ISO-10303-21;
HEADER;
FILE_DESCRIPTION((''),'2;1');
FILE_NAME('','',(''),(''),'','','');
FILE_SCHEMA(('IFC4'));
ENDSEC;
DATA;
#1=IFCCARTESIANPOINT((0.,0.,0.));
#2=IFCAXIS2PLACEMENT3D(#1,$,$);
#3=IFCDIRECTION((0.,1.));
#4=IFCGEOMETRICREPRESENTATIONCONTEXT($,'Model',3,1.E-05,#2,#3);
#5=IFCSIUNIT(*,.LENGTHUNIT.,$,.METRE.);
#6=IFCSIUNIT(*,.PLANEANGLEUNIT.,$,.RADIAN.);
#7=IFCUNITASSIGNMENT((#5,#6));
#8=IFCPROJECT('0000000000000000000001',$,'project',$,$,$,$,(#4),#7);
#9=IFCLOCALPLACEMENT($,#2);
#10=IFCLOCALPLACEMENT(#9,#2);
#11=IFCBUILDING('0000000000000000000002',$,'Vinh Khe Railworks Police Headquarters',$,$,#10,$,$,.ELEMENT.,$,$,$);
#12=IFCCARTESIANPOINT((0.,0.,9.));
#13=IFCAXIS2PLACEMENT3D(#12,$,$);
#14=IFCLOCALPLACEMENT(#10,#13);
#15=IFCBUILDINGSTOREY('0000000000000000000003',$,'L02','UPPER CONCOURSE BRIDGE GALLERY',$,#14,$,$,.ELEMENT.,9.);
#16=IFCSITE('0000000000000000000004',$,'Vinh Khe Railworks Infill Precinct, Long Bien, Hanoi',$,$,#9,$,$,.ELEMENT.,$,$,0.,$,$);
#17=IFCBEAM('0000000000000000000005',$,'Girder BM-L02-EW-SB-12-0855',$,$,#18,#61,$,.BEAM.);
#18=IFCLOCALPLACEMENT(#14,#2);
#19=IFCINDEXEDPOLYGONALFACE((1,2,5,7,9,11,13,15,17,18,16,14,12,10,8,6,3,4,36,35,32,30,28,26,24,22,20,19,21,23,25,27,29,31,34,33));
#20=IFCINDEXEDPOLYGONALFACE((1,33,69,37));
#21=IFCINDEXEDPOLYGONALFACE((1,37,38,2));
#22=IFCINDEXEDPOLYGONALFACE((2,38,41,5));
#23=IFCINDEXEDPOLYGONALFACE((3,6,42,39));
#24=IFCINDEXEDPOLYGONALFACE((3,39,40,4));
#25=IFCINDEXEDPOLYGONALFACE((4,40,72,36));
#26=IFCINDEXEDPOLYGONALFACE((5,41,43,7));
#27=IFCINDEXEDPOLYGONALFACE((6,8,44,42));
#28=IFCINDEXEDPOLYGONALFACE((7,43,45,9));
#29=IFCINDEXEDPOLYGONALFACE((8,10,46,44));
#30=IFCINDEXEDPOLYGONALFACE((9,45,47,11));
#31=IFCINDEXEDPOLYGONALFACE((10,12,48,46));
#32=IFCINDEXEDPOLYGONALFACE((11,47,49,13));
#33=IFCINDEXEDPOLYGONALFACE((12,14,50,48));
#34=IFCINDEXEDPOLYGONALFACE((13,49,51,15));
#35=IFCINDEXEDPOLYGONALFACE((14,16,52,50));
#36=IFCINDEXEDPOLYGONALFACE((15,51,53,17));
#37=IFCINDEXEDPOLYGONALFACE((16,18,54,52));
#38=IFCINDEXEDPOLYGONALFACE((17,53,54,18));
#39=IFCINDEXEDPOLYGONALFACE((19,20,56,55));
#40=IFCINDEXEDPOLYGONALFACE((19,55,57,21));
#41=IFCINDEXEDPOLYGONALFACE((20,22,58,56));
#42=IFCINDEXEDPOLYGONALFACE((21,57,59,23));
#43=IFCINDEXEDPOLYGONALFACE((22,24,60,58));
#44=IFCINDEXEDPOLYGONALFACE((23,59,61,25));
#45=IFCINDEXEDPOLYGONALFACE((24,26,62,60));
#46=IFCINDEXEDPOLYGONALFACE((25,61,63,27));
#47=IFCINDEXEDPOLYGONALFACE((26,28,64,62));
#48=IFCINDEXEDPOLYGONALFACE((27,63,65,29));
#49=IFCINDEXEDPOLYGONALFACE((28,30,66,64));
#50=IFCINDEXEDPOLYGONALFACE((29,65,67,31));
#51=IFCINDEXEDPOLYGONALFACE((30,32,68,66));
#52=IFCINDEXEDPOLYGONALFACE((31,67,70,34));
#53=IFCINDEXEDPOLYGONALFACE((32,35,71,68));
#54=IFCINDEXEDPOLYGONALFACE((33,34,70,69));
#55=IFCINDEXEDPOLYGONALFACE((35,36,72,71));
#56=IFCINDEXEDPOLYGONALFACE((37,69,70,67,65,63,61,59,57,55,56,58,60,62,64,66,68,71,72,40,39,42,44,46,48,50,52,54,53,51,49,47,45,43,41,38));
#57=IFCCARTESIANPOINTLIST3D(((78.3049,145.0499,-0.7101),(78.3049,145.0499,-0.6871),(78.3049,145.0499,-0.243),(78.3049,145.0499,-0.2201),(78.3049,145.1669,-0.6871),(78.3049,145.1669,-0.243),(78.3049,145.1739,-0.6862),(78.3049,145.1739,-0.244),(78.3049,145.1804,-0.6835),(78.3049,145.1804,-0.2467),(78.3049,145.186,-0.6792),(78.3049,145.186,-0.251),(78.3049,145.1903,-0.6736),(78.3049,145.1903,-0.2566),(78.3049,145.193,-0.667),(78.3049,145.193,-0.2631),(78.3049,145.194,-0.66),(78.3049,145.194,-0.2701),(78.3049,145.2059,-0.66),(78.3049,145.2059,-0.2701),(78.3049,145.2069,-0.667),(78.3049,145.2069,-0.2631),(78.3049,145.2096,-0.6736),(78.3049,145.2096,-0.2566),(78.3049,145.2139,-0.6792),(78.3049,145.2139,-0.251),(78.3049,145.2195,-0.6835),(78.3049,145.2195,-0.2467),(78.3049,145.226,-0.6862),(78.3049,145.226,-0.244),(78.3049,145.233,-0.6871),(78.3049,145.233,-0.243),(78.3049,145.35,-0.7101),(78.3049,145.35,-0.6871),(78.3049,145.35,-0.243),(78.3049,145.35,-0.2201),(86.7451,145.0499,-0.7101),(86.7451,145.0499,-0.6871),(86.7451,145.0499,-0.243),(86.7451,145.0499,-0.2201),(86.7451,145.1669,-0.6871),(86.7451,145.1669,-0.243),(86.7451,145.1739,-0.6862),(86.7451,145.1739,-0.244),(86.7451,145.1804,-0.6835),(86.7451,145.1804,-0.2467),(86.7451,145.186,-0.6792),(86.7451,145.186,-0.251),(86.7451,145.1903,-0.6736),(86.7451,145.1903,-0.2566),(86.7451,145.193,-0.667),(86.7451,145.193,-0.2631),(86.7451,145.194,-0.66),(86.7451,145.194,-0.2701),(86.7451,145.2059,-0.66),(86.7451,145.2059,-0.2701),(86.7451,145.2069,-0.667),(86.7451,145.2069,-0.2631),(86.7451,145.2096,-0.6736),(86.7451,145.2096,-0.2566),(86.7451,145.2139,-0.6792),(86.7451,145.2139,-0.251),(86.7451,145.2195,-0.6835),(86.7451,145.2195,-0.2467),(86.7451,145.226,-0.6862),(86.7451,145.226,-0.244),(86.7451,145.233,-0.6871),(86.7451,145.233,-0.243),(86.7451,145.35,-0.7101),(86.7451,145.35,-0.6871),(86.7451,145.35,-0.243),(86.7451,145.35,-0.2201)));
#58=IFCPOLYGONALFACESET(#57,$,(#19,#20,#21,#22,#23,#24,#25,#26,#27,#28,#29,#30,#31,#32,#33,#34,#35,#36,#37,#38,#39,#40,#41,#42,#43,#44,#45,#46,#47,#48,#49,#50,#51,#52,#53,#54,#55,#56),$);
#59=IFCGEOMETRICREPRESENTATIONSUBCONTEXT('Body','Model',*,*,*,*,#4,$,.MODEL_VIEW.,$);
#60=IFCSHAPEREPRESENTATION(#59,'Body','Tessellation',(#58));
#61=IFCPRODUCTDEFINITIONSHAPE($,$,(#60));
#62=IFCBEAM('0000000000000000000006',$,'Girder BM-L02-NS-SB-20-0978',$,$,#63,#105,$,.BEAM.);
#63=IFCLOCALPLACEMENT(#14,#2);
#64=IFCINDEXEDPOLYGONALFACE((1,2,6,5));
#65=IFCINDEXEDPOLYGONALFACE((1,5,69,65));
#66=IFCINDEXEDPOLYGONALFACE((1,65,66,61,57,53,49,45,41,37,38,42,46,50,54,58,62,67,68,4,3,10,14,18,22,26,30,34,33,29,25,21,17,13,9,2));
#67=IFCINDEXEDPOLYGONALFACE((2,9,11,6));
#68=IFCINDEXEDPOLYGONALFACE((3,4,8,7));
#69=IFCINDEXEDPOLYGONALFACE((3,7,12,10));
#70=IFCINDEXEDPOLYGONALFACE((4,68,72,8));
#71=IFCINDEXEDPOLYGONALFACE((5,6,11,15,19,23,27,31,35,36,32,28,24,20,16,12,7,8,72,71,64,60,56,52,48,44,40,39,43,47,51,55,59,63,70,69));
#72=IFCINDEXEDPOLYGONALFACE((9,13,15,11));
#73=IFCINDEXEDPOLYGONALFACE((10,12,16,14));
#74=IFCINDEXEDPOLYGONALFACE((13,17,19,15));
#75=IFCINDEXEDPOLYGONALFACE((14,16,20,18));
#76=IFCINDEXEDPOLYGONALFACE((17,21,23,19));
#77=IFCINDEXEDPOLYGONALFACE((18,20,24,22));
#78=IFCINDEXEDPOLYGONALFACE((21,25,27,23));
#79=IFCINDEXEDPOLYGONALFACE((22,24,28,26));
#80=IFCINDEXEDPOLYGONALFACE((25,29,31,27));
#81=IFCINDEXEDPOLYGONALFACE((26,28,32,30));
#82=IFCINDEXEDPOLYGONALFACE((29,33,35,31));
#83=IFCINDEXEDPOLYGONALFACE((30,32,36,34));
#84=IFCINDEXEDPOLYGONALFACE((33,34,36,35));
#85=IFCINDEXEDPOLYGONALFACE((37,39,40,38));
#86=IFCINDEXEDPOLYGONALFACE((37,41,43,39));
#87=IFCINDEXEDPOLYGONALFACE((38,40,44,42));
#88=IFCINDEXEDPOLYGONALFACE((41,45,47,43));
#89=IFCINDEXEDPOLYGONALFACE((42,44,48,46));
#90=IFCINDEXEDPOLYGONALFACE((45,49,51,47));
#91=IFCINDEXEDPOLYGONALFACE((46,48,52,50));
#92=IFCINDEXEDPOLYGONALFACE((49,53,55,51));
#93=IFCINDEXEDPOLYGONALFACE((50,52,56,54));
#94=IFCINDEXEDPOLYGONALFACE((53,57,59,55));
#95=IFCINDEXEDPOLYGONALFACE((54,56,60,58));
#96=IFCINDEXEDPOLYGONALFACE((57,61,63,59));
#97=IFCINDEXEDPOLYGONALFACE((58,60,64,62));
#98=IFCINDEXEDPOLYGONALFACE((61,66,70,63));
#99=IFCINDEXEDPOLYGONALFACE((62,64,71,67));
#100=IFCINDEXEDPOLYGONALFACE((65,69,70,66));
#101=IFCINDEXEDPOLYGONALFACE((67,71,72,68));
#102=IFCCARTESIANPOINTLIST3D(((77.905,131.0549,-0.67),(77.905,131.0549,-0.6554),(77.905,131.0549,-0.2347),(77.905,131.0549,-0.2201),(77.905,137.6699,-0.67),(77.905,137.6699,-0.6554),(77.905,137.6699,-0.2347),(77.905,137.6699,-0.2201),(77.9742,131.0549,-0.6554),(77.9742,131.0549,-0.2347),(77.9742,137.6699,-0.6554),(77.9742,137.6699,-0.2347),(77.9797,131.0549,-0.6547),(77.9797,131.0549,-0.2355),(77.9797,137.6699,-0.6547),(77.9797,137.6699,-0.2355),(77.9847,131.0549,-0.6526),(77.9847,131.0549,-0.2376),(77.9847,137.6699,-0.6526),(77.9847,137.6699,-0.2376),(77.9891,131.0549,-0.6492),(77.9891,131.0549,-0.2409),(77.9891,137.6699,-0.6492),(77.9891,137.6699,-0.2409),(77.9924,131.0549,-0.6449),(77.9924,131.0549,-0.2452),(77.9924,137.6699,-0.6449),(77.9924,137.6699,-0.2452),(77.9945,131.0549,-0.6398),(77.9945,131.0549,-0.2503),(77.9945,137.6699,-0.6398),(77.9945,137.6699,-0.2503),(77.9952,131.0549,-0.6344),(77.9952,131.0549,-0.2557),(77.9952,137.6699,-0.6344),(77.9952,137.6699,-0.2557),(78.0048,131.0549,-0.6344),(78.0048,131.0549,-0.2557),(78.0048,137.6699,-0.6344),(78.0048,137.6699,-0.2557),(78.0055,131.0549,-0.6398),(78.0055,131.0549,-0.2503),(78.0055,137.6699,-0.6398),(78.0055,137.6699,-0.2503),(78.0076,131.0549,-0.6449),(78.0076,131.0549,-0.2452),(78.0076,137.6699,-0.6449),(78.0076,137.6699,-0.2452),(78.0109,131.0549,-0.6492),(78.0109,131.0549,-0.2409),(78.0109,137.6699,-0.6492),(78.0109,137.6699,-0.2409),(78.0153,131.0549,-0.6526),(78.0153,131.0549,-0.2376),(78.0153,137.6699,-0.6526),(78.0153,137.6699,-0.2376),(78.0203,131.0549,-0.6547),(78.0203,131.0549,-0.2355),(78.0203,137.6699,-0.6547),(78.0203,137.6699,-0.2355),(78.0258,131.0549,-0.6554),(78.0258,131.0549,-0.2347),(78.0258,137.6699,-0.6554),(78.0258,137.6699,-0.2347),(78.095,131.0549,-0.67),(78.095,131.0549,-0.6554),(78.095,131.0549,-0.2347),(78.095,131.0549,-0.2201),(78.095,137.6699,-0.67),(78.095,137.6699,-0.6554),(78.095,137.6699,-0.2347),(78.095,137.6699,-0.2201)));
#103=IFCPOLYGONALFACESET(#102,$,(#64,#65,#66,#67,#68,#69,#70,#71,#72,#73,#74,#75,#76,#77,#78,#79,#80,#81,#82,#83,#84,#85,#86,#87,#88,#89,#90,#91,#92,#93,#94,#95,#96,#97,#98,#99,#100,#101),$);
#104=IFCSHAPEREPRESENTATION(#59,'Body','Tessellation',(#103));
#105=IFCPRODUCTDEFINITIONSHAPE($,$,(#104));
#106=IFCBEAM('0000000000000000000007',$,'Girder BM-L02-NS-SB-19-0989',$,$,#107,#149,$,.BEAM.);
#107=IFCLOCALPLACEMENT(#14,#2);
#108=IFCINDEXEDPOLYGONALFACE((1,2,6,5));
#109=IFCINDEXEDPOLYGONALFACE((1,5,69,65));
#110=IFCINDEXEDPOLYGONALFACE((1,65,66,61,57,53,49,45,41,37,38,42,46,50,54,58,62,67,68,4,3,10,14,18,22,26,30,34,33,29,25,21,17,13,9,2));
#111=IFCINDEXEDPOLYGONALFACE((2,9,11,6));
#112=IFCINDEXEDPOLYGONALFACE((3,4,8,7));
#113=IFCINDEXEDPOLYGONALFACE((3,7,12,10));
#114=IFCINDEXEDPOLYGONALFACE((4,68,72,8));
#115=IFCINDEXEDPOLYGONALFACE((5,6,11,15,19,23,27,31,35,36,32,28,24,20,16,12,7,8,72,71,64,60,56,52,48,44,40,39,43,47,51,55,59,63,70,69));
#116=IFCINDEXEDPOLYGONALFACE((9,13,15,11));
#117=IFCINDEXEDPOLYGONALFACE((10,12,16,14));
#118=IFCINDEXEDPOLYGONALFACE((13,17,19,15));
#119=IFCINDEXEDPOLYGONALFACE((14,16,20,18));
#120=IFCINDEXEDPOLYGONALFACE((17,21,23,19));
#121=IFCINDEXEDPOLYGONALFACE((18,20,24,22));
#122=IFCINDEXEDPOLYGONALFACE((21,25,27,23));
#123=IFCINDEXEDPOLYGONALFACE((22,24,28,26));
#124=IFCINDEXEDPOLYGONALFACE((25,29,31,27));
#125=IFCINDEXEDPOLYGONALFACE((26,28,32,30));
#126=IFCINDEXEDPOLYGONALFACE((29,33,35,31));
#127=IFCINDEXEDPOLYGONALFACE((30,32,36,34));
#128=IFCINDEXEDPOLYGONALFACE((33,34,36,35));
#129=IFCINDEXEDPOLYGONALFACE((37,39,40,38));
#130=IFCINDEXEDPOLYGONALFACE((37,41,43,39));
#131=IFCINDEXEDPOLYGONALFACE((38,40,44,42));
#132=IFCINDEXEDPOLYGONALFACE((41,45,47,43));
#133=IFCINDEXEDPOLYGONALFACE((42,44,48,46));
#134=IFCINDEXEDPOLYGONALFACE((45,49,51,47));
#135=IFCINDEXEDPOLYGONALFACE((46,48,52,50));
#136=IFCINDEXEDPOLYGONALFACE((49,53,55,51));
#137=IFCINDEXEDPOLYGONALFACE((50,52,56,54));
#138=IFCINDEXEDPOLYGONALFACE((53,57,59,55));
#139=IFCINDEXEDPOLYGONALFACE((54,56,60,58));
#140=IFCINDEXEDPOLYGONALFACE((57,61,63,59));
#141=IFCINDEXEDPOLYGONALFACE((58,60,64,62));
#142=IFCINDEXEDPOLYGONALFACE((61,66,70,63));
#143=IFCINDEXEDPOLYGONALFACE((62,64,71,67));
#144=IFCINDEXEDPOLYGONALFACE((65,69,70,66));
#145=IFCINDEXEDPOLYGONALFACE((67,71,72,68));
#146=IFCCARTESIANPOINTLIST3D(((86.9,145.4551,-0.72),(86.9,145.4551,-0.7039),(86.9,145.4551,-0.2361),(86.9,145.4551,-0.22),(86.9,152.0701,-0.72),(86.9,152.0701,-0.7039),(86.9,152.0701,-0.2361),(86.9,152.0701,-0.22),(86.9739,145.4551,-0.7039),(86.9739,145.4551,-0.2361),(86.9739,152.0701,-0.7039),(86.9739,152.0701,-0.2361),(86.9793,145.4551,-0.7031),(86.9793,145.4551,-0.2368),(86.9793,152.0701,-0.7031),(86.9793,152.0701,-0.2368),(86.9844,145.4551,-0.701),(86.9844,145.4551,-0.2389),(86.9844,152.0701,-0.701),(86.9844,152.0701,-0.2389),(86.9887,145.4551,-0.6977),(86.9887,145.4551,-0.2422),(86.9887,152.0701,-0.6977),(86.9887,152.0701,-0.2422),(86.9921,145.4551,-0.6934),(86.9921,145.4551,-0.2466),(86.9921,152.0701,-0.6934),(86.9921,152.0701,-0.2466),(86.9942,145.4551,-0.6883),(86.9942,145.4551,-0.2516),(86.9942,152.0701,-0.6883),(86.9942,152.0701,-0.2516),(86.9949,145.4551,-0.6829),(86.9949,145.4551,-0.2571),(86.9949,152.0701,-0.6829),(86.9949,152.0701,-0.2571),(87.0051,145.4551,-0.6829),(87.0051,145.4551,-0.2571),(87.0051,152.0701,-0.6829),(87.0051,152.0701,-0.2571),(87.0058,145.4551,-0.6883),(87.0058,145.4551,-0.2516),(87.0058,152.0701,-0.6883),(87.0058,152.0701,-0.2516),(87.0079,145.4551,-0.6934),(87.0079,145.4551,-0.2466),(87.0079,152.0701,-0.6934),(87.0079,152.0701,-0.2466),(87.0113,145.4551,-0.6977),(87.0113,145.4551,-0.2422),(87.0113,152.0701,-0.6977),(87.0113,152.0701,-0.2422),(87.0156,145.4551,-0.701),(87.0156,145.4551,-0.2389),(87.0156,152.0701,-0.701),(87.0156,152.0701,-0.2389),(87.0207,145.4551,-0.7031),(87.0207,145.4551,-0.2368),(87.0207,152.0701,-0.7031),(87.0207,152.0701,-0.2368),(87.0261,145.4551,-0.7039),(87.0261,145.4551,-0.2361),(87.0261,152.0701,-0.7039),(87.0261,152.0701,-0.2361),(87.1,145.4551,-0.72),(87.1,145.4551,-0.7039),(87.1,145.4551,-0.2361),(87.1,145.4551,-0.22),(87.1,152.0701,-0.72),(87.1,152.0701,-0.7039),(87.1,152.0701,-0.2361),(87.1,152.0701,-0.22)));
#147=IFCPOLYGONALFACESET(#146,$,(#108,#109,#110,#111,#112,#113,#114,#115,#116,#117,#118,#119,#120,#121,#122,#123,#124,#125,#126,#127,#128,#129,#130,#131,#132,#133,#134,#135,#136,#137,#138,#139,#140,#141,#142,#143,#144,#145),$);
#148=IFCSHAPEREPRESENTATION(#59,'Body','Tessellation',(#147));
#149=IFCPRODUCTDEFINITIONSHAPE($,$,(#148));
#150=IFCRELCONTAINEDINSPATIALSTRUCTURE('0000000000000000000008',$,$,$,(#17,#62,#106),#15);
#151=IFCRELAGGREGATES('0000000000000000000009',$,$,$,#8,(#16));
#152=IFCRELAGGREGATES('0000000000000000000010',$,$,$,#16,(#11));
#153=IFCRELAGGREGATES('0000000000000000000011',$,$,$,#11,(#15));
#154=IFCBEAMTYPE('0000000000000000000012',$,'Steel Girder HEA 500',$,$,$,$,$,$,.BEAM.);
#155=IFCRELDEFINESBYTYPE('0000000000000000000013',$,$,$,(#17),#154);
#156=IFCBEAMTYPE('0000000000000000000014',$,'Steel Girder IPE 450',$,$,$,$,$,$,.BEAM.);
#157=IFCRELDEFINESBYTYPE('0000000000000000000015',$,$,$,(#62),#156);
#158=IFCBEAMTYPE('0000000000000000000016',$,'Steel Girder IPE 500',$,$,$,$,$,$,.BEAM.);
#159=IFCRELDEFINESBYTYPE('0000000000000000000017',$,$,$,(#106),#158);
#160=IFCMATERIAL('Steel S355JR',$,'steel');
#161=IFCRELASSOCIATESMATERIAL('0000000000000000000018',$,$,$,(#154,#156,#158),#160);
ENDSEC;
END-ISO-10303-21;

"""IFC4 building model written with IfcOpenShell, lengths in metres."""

from ifc_helpers import new_model, si_unit, direction, frame, origin, origin_2d, place, context, subcontext, project, spatial, i_section, extrude, material, material_profile, profile_set, type_object, element, save


model = new_model("IFC4")

# Units and contexts
model_context = context("Model", 3, precision=1e-05, world=origin(), true_north=direction((0.0, 1.0)))
body_context = subcontext(model_context, "Body", "Model", "MODEL_VIEW")
ifc_project = project(units=[si_unit("LENGTHUNIT", "METRE"), si_unit("PLANEANGLEUNIT", "RADIAN")], contexts=[model_context])

# Site, building, storey
site_placement = place(None, origin())
site = spatial("IfcSite", under=ifc_project, at=site_placement, Name="Vinh Khe Railworks Infill Precinct, Long Bien, Hanoi", CompositionType="ELEMENT", RefElevation=0.0)
building_placement = place(site_placement, origin())
building = spatial("IfcBuilding", under=site, at=building_placement, Name="Vinh Khe Railworks Police Headquarters", CompositionType="ELEMENT")
storey_placement = place(building_placement, frame((0.0, 0.0, 9.0)))
storey = spatial("IfcBuildingStorey", under=building, at=storey_placement, Name="L02", Description="UPPER CONCOURSE BRIDGE GALLERY", CompositionType="ELEMENT", Elevation=9.0)

# Shared definitions
ifc_material_1 = material(Name="Steel S355JR", Category="steel")

# Beams
ifc_material_profile_1 = material_profile(ifc_material_1, i_section(OverallWidth=0.3, OverallDepth=0.49, WebThickness=0.012, FlangeThickness=0.0229, FilletRadius=0.0271, at=origin_2d()), Name="HEA 500")
ifc_profile_set_1 = profile_set([ifc_material_profile_1], Name="Steel S355JR")
beam_type_1 = type_object("IfcBeamType", Name="Steel Girder HEA 500", PredefinedType="BEAM", material=ifc_profile_set_1)
beam_1_placement = place(storey_placement, frame((78.3049, 145.2, -0.4651), z_axis=(1.0, 0.0, 0.0), x_axis=(0.0, 1.0, 0.0)))
element("IfcBeam", 1, at=beam_1_placement, inside=storey, type_object=beam_type_1, Name="Girder BM-L02-EW-SB-12-0855", PredefinedType="BEAM", context=body_context, shape_type="SweptSolid", body=[
    extrude(i_section(OverallWidth=0.3, OverallDepth=0.49, WebThickness=0.012, FlangeThickness=0.0229, FilletRadius=0.0271, at=origin_2d()), origin(), (0.0, 0.0, 1.0), 8.4402),
])
ifc_material_profile_2 = material_profile(ifc_material_1, i_section(OverallWidth=0.1899, OverallDepth=0.45, WebThickness=0.0095, FlangeThickness=0.0146, FilletRadius=0.021, at=origin_2d()), Name="IPE 450")
ifc_profile_set_2 = profile_set([ifc_material_profile_2], Name="Steel S355JR")
beam_type_2 = type_object("IfcBeamType", Name="Steel Girder IPE 450", PredefinedType="BEAM", material=ifc_profile_set_2)
beam_2_placement = place(storey_placement, frame((78.0, 131.0549, -0.4451), z_axis=(0.0, 1.0, 0.0), x_axis=(-1.0, 0.0, 0.0)))
element("IfcBeam", 2, at=beam_2_placement, inside=storey, type_object=beam_type_2, Name="Girder BM-L02-NS-SB-20-0978", PredefinedType="BEAM", context=body_context, shape_type="SweptSolid", body=[
    extrude(i_section(OverallWidth=0.1899, OverallDepth=0.45, WebThickness=0.0095, FlangeThickness=0.0146, FilletRadius=0.021, at=origin_2d()), origin(), (0.0, 0.0, 1.0), 6.615),
])
ifc_material_profile_3 = material_profile(ifc_material_1, i_section(OverallWidth=0.2, OverallDepth=0.5, WebThickness=0.0103, FlangeThickness=0.0161, FilletRadius=0.021, at=origin_2d()), Name="IPE 500")
ifc_profile_set_3 = profile_set([ifc_material_profile_3], Name="Steel S355JR")
beam_type_3 = type_object("IfcBeamType", Name="Steel Girder IPE 500", PredefinedType="BEAM", material=ifc_profile_set_3)
beam_3_placement = place(storey_placement, frame((87.0, 145.4551, -0.47), z_axis=(0.0, 1.0, 0.0), x_axis=(-1.0, 0.0, 0.0)))
element("IfcBeam", 3, at=beam_3_placement, inside=storey, type_object=beam_type_3, Name="Girder BM-L02-NS-SB-19-0989", PredefinedType="BEAM", context=body_context, shape_type="SweptSolid", body=[
    extrude(i_section(OverallWidth=0.2, OverallDepth=0.5, WebThickness=0.0103, FlangeThickness=0.0161, FilletRadius=0.021, at=origin_2d()), origin(), (0.0, 0.0, 1.0), 6.615),
])

save(model, "model.ifc")
